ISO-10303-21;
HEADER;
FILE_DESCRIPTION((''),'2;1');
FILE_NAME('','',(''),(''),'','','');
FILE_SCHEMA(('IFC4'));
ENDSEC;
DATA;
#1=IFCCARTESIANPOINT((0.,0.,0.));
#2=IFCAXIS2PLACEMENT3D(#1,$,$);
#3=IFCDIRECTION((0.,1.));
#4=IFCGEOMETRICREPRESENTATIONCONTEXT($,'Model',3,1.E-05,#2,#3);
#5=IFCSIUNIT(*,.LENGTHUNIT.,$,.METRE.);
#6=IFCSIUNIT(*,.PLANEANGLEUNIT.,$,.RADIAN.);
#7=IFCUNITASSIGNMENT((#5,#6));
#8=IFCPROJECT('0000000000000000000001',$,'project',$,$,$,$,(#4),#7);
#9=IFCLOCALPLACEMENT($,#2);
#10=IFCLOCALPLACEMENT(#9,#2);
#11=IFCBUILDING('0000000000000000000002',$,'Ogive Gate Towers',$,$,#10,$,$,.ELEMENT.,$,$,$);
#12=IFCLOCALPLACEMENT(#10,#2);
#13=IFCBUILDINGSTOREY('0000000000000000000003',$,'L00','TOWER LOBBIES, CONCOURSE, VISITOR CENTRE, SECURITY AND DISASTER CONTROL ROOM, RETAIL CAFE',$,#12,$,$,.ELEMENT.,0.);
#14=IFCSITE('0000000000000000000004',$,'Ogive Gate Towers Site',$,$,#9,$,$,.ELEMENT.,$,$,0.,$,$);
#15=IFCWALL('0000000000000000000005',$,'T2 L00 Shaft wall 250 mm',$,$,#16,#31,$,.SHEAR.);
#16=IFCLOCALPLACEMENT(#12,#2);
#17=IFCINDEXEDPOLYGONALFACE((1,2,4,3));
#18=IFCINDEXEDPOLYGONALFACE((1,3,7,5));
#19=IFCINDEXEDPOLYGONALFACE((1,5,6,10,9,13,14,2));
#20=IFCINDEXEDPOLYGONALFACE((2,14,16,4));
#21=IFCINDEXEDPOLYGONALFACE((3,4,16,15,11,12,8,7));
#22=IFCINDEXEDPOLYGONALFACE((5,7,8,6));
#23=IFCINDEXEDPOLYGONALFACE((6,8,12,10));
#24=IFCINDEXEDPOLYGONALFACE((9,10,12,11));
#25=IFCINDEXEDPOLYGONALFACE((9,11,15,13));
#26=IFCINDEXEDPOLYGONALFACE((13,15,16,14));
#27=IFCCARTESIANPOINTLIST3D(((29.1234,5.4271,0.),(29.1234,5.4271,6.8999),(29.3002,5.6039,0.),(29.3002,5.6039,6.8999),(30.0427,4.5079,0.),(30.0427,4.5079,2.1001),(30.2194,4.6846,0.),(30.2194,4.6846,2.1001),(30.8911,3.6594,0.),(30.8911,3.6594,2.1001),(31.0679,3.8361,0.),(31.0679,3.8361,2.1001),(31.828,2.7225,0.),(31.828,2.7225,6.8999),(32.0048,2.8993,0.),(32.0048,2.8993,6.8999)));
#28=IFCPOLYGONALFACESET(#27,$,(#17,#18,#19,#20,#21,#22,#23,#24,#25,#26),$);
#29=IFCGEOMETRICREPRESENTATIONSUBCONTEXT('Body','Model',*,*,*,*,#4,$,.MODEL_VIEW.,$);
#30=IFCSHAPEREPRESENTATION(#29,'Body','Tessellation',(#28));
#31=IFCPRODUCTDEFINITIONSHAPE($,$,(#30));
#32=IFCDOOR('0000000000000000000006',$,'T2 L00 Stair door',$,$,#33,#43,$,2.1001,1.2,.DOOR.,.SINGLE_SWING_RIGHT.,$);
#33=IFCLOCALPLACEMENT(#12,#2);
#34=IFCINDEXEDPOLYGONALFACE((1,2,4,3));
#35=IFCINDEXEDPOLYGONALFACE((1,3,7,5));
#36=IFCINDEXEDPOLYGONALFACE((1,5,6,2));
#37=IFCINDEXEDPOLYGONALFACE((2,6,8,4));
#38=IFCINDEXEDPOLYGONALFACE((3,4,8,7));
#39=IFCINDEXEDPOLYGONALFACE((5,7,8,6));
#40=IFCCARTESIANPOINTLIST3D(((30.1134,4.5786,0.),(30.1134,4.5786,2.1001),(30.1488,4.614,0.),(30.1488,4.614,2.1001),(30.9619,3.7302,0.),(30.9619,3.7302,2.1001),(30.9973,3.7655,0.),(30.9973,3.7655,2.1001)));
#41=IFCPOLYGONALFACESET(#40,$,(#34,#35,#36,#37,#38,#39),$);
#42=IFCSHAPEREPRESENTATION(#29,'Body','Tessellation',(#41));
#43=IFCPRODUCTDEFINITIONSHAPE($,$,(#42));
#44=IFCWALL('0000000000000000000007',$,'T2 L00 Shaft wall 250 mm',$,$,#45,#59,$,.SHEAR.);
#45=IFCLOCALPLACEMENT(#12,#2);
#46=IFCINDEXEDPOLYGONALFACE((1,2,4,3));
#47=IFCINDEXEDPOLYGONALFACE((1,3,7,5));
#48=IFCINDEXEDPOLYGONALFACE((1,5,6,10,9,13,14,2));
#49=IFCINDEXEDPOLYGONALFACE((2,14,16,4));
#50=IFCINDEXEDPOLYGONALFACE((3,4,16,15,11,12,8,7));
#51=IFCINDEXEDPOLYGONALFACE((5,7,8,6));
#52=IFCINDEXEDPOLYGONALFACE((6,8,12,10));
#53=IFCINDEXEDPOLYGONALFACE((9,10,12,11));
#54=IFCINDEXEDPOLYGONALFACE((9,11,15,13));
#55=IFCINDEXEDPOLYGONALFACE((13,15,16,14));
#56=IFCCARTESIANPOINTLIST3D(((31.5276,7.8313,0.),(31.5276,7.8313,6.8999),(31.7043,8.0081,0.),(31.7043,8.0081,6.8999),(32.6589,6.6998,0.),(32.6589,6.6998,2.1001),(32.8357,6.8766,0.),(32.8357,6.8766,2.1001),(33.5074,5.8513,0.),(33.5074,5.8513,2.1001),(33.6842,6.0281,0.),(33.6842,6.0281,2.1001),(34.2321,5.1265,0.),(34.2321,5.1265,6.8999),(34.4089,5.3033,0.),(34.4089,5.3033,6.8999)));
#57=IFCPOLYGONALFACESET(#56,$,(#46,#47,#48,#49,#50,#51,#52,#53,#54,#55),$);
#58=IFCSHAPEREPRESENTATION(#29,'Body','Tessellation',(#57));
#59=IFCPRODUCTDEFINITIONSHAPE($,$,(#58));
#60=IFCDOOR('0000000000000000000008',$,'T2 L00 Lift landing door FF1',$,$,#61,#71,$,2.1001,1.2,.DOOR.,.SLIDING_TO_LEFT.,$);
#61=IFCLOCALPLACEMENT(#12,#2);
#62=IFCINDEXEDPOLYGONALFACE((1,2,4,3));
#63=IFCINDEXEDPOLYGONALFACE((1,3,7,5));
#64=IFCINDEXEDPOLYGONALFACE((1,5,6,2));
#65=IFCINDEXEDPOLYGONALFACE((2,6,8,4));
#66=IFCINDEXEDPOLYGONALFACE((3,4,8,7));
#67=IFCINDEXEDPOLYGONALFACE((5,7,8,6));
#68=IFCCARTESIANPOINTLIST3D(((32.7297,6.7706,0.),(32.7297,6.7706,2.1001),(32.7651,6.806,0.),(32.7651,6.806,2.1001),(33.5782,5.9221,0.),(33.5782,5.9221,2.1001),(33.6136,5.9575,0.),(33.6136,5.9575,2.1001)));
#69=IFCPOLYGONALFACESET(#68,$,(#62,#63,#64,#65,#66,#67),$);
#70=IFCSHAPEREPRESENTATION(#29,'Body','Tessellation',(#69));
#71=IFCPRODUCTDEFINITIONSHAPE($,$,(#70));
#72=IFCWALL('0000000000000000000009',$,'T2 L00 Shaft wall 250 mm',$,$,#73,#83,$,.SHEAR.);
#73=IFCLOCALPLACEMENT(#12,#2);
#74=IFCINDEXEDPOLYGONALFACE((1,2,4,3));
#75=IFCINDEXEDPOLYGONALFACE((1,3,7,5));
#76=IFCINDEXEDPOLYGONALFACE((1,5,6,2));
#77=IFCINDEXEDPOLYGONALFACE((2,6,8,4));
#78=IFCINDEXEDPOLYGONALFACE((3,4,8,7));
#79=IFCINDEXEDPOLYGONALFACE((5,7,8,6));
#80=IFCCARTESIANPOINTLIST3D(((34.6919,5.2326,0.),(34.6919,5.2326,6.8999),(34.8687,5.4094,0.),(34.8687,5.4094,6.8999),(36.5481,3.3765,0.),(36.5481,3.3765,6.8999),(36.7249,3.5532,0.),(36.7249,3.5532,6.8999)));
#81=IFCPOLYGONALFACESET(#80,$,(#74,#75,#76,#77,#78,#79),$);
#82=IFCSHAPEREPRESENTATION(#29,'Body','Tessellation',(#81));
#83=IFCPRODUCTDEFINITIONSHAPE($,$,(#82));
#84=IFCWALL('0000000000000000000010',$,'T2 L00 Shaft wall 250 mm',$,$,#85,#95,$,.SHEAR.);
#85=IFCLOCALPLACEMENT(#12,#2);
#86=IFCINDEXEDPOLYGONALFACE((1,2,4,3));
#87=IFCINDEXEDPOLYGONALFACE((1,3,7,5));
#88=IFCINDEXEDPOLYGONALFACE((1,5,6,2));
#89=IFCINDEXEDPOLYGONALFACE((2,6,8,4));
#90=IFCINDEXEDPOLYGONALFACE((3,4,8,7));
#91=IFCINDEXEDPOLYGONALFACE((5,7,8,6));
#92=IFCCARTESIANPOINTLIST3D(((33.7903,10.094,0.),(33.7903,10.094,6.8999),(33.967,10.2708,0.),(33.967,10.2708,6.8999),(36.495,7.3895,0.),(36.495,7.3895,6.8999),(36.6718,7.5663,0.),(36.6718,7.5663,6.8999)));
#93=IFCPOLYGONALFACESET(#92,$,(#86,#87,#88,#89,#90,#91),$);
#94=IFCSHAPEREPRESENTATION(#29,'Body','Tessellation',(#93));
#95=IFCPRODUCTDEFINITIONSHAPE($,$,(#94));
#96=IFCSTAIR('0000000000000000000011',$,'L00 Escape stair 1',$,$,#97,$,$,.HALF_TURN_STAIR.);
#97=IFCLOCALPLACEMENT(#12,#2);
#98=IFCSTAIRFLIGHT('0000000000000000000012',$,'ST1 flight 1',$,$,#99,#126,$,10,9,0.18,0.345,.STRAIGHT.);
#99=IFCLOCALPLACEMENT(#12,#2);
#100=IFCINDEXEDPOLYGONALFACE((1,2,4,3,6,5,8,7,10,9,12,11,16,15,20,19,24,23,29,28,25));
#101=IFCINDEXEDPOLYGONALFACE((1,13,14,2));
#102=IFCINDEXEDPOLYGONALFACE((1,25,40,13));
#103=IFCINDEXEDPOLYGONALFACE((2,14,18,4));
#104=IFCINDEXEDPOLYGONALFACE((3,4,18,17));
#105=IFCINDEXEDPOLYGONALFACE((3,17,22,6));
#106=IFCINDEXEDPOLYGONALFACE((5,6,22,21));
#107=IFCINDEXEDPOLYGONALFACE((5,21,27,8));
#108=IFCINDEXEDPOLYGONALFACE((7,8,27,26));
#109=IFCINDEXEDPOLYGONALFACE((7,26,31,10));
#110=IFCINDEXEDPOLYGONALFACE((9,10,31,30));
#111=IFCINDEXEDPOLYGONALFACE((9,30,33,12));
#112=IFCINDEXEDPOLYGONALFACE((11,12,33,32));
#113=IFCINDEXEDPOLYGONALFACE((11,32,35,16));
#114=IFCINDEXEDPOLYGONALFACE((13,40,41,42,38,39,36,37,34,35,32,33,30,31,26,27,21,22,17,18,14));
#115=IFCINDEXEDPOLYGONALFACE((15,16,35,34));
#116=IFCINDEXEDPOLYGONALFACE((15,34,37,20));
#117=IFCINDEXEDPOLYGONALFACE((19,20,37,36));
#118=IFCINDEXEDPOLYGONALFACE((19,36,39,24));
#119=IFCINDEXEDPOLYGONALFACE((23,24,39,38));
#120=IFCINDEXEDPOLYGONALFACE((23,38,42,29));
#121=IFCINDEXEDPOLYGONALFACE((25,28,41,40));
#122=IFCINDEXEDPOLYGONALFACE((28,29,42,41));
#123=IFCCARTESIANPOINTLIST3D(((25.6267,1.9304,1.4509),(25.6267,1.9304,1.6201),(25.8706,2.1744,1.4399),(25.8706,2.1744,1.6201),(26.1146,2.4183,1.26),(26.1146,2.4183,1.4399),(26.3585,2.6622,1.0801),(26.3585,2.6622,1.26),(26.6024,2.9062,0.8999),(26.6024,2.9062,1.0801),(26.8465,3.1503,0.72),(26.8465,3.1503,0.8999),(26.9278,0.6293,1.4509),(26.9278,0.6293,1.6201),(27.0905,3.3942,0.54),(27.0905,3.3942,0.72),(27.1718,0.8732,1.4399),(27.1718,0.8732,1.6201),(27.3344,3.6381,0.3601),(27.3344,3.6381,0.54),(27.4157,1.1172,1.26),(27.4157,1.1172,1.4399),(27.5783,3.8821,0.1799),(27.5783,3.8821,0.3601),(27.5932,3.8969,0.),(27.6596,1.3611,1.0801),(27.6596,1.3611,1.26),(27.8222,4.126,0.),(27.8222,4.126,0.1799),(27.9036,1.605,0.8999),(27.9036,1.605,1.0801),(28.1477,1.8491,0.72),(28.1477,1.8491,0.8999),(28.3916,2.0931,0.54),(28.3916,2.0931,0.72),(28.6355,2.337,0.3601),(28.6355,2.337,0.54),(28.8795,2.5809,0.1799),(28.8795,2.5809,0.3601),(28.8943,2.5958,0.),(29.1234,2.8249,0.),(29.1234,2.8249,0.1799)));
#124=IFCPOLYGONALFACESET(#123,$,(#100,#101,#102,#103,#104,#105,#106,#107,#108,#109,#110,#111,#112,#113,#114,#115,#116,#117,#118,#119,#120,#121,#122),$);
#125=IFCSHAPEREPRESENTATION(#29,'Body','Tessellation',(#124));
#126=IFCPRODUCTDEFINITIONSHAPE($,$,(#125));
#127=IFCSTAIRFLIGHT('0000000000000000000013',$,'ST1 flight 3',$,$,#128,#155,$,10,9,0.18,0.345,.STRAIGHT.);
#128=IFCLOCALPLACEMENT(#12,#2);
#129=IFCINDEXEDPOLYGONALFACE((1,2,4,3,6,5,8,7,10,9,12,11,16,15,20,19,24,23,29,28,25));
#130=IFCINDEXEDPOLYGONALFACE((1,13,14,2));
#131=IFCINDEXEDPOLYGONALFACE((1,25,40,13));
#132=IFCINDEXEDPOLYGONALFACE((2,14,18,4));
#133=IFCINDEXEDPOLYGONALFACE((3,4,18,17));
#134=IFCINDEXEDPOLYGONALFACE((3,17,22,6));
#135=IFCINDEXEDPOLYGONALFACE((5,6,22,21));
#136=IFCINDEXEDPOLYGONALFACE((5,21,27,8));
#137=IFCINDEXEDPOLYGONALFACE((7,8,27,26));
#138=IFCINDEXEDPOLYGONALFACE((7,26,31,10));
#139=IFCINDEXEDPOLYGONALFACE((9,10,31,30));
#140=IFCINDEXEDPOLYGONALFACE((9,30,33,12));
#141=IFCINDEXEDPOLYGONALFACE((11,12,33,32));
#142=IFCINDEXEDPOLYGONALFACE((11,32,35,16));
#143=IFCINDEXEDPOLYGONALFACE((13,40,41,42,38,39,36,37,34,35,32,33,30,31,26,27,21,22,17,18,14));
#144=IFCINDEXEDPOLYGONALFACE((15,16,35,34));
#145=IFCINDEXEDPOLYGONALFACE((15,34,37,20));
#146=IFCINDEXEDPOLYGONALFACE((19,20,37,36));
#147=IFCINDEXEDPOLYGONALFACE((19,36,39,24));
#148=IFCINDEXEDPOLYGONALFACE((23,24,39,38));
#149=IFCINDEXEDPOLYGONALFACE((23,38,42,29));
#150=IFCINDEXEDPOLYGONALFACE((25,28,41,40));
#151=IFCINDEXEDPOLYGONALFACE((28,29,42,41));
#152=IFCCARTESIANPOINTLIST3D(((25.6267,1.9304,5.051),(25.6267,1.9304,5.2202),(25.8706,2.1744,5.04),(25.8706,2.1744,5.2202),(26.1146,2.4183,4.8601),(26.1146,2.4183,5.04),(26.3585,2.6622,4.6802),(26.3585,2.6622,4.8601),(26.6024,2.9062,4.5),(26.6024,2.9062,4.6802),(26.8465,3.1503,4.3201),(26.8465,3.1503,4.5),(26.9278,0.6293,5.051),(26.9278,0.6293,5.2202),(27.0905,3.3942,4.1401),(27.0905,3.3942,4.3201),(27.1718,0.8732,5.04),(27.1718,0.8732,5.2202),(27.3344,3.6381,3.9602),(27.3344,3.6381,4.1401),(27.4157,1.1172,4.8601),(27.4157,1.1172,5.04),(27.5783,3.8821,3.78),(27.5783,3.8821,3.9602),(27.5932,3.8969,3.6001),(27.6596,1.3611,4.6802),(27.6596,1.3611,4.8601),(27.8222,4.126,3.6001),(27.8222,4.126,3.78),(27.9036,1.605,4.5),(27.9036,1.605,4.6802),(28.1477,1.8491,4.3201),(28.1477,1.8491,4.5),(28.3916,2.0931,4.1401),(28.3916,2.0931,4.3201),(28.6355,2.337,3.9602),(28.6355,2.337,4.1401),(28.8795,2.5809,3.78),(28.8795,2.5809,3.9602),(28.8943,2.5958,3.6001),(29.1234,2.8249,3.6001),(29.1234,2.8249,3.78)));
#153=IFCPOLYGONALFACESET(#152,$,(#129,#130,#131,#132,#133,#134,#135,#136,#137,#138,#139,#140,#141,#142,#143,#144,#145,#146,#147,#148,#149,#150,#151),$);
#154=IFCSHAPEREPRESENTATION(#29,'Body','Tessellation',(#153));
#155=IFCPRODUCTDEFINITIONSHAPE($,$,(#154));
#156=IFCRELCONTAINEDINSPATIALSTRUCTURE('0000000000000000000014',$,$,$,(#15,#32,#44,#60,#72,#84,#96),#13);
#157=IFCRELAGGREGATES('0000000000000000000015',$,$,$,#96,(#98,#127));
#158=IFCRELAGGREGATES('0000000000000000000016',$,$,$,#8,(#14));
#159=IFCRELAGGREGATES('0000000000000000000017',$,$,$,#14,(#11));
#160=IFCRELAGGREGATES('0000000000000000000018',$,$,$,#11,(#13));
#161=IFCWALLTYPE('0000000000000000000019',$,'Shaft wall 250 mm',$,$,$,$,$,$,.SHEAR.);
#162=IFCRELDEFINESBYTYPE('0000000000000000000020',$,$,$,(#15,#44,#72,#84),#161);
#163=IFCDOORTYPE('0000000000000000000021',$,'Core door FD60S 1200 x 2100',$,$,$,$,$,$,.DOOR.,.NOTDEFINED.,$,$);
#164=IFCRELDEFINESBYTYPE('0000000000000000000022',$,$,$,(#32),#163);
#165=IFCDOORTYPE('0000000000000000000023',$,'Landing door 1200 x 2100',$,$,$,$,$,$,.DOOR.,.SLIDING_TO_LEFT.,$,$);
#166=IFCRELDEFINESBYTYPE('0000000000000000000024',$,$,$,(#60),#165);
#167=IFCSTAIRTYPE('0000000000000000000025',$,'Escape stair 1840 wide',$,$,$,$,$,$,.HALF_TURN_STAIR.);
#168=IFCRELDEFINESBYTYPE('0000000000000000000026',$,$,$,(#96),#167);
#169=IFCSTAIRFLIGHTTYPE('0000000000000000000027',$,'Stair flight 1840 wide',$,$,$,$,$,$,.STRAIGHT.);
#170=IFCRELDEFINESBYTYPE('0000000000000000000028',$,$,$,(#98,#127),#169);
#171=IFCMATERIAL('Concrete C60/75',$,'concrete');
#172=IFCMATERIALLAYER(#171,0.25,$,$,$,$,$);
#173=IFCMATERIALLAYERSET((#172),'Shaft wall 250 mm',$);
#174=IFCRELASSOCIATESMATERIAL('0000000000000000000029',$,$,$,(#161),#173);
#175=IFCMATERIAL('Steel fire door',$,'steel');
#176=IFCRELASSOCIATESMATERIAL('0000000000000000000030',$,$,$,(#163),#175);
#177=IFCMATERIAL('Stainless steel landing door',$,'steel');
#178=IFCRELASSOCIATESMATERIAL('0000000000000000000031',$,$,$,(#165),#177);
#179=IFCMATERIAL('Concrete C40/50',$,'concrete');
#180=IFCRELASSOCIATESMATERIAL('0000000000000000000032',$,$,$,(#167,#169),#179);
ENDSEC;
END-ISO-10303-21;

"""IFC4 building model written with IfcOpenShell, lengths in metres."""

from ifc_helpers import new_model, si_unit, direction, frame, frame_2d, origin, place, context, subcontext, project, spatial, polyline, rectangle, outline, extrude, material, layer, layer_set, type_object, element, fill, aggregate, save


model = new_model("IFC4")

# Units and contexts
model_context = context("Model", 3, precision=1e-05, world=origin(), true_north=direction((0.0, 1.0)))
body_context = subcontext(model_context, "Body", "Model", "MODEL_VIEW")
ifc_project = project(units=[si_unit("LENGTHUNIT", "METRE"), si_unit("PLANEANGLEUNIT", "RADIAN")], contexts=[model_context])

# Site, building, storey
site_placement = place(None, origin())
site = spatial("IfcSite", under=ifc_project, at=site_placement, Name="Ogive Gate Towers Site", CompositionType="ELEMENT", RefElevation=0.0)
building_placement = place(site_placement, origin())
building = spatial("IfcBuilding", under=site, at=building_placement, Name="Ogive Gate Towers", CompositionType="ELEMENT")
storey_placement = place(building_placement, origin())
storey = spatial("IfcBuildingStorey", under=building, at=storey_placement, Name="L00", Description="TOWER LOBBIES, CONCOURSE, VISITOR CENTRE, SECURITY AND DISASTER CONTROL ROOM, RETAIL CAFE", CompositionType="ELEMENT", Elevation=0.0)

# Shared definitions
ifc_material_1 = material(Name="Concrete C40/50", Category="concrete")

# Walls, openings, doors
ifc_material_2 = material(Name="Concrete C60/75", Category="concrete")
ifc_layer = layer(ifc_material_2, 0.25)
ifc_layer_set = layer_set([ifc_layer], Name="Shaft wall 250 mm")
wall_type = type_object("IfcWallType", Name="Shaft wall 250 mm", PredefinedType="SHEAR", material=ifc_layer_set)
wall_1_placement = place(storey_placement, frame((31.9165, 2.8108, 0.0), z_axis=(0.0, 0.0, 1.0), x_axis=(-0.707107, 0.707107, 0.0)))
wall_1 = element("IfcWall", 1, at=wall_1_placement, inside=storey, type_object=wall_type, Name="T2 L00 Shaft wall 250 mm", PredefinedType="SHEAR", context=body_context, shape_type="SweptSolid", body=[
    extrude(rectangle(XDim=3.825, YDim=0.25, at=frame_2d((1.9126, 0.0))), origin(), (0.0, 0.0, 1.0), 6.8999),
])
opening_1_placement = place(wall_1_placement, frame((1.325, 0.0, 0.0)))
opening_1 = element("IfcOpeningElement", 2, at=opening_1_placement, cuts=wall_1, PredefinedType="OPENING", context=body_context, shape_type="SweptSolid", body=[
    extrude(rectangle(XDim=1.2, YDim=2.1001, at=frame_2d((0.6001, 1.05))), frame((0.0, 0.135, 0.0), z_axis=(0.0, -1.0, 0.0), x_axis=(1.0, 0.0, 0.0)), (0.0, 0.0, 1.0), 0.27),
])
ifc_material_3 = material(Name="Steel fire door", Category="steel")
door_type_1 = type_object("IfcDoorType", Name="Core door FD60S 1200 x 2100", OperationType="NOTDEFINED", PredefinedType="DOOR", material=ifc_material_3)
door_1_placement = place(opening_1_placement, origin())
door_1 = element("IfcDoor", 3, at=door_1_placement, inside=storey, type_object=door_type_1, Name="T2 L00 Stair door", OperationType="SINGLE_SWING_RIGHT", OverallHeight=2.1001, OverallWidth=1.2, PredefinedType="DOOR", context=body_context, shape_type="SweptSolid", body=[
    extrude(rectangle(XDim=1.2, YDim=2.1001, at=frame_2d((0.6001, 1.05))), frame((0.0, 0.0249, 0.0), z_axis=(0.0, -1.0, 0.0), x_axis=(1.0, 0.0, 0.0)), (0.0, 0.0, 1.0), 0.05),
])
fill(opening_1, door_1)
wall_2_placement = place(storey_placement, frame((34.3206, 5.2148, 0.0), z_axis=(0.0, 0.0, 1.0), x_axis=(-0.707075, 0.707139, 0.0)))
wall_2 = element("IfcWall", 4, at=wall_2_placement, inside=storey, type_object=wall_type, Name="T2 L00 Shaft wall 250 mm", PredefinedType="SHEAR", context=body_context, shape_type="SweptSolid", body=[
    extrude(rectangle(XDim=3.825, YDim=0.25, at=frame_2d((1.9126, 0.0))), origin(), (0.0, 0.0, 1.0), 6.8999),
])
opening_2_placement = place(wall_2_placement, frame((1.0249, 0.0, 0.0)))
opening_2 = element("IfcOpeningElement", 5, at=opening_2_placement, cuts=wall_2, PredefinedType="OPENING", context=body_context, shape_type="SweptSolid", body=[
    extrude(rectangle(XDim=1.2, YDim=2.1001, at=frame_2d((0.6001, 1.05))), frame((0.0, 0.135, 0.0), z_axis=(0.0, -1.0, 0.0), x_axis=(1.0, 0.0, 0.0)), (0.0, 0.0, 1.0), 0.27),
])
ifc_material_4 = material(Name="Stainless steel landing door", Category="steel")
door_type_2 = type_object("IfcDoorType", Name="Landing door 1200 x 2100", OperationType="SLIDING_TO_LEFT", PredefinedType="DOOR", material=ifc_material_4)
door_2_placement = place(opening_2_placement, origin())
door_2 = element("IfcDoor", 6, at=door_2_placement, inside=storey, type_object=door_type_2, Name="T2 L00 Lift landing door FF1", OperationType="SLIDING_TO_LEFT", OverallHeight=2.1001, OverallWidth=1.2, PredefinedType="DOOR", context=body_context, shape_type="SweptSolid", body=[
    extrude(rectangle(XDim=1.2, YDim=2.1001, at=frame_2d((0.6001, 1.05))), frame((0.0, 0.0249, 0.0), z_axis=(0.0, -1.0, 0.0), x_axis=(1.0, 0.0, 0.0)), (0.0, 0.0, 1.0), 0.05),
])
fill(opening_2, door_2)

# Walls
wall_3_placement = place(storey_placement, frame((36.6365, 3.4648, 0.0), z_axis=(0.0, 0.0, 1.0), x_axis=(-0.707107, 0.707107, 0.0)))
element("IfcWall", 7, at=wall_3_placement, inside=storey, type_object=wall_type, Name="T2 L00 Shaft wall 250 mm", PredefinedType="SHEAR", context=body_context, shape_type="SweptSolid", body=[
    extrude(rectangle(XDim=2.625, YDim=0.25, at=frame_2d((1.3125, 0.0))), origin(), (0.0, 0.0, 1.0), 6.8999),
])
wall_4_placement = place(storey_placement, frame((36.5835, 7.4778, 0.0), z_axis=(0.0, 0.0, 1.0), x_axis=(-0.707139, 0.707075, 0.0)))
element("IfcWall", 8, at=wall_4_placement, inside=storey, type_object=wall_type, Name="T2 L00 Shaft wall 250 mm", PredefinedType="SHEAR", context=body_context, shape_type="SweptSolid", body=[
    extrude(rectangle(XDim=3.825, YDim=0.25, at=frame_2d((1.9126, 0.0))), origin(), (0.0, 0.0, 1.0), 6.8999),
])

# Stair, stair flights
stair_type = type_object("IfcStairType", Name="Escape stair 1840 wide", PredefinedType="HALF_TURN_STAIR", material=ifc_material_1)
stair_placement = place(storey_placement, origin())
stair = element("IfcStair", 9, at=stair_placement, inside=storey, type_object=stair_type, Name="L00 Escape stair 1", PredefinedType="HALF_TURN_STAIR")
stair_flight_type = type_object("IfcStairFlightType", Name="Stair flight 1840 wide", PredefinedType="STRAIGHT", material=ifc_material_1)
stair_flight_1_placement = place(storey_placement, frame((28.4729, 3.4753, 0.0), z_axis=(0.0, 0.0, 1.0), x_axis=(-0.707107, -0.707107, 0.0)))
stair_flight_1 = element("IfcStairFlight", 10, at=stair_flight_1_placement, type_object=stair_flight_type, Name="ST1 flight 1", NumberOfRisers=10, NumberOfTreads=9, PredefinedType="STRAIGHT", RiserHeight=0.18, TreadLength=0.345, context=body_context, shape_type="SweptSolid", body=[
    extrude(outline(polyline([(0.0, 0.0), (0.0, 0.1799), (0.345, 0.1799), (0.345, 0.3601), (0.6899, 0.3601), (0.6899, 0.54), (1.0349, 0.54), (1.0349, 0.72), (1.3799, 0.72), (1.3799, 0.8999), (1.7251, 0.8999), (1.7251, 1.0801), (2.0701, 1.0801), (2.0701, 1.26), (2.415, 1.26), (2.415, 1.4399), (2.76, 1.4399), (2.76, 1.6201), (3.105, 1.6201), (3.105, 1.8), (3.105, 1.4509), (0.324, 0.0), (0.0, 0.0)])), frame((0.0, 0.9199, 0.0), z_axis=(0.0, -1.0, 0.0), x_axis=(1.0, 0.0, 0.0)), (0.0, 0.0, 1.0), 1.8401),
])
stair_flight_2_placement = place(storey_placement, frame((28.4729, 3.4753, 3.6001), z_axis=(0.0, 0.0, 1.0), x_axis=(-0.707107, -0.707107, 0.0)))
stair_flight_2 = element("IfcStairFlight", 11, at=stair_flight_2_placement, type_object=stair_flight_type, Name="ST1 flight 3", NumberOfRisers=10, NumberOfTreads=9, PredefinedType="STRAIGHT", RiserHeight=0.18, TreadLength=0.345, context=body_context, shape_type="SweptSolid", body=[
    extrude(outline(polyline([(0.0, 0.0), (0.0, 0.1799), (0.345, 0.1799), (0.345, 0.3601), (0.6899, 0.3601), (0.6899, 0.54), (1.0349, 0.54), (1.0349, 0.72), (1.3799, 0.72), (1.3799, 0.8999), (1.7251, 0.8999), (1.7251, 1.0801), (2.0701, 1.0801), (2.0701, 1.26), (2.415, 1.26), (2.415, 1.4399), (2.76, 1.4399), (2.76, 1.6201), (3.105, 1.6201), (3.105, 1.8), (3.105, 1.4509), (0.324, 0.0), (0.0, 0.0)])), frame((0.0, 0.9199, 0.0), z_axis=(0.0, -1.0, 0.0), x_axis=(1.0, 0.0, 0.0)), (0.0, 0.0, 1.0), 1.8401),
])
aggregate(stair, [stair_flight_1, stair_flight_2])

save(model, "model.ifc")
